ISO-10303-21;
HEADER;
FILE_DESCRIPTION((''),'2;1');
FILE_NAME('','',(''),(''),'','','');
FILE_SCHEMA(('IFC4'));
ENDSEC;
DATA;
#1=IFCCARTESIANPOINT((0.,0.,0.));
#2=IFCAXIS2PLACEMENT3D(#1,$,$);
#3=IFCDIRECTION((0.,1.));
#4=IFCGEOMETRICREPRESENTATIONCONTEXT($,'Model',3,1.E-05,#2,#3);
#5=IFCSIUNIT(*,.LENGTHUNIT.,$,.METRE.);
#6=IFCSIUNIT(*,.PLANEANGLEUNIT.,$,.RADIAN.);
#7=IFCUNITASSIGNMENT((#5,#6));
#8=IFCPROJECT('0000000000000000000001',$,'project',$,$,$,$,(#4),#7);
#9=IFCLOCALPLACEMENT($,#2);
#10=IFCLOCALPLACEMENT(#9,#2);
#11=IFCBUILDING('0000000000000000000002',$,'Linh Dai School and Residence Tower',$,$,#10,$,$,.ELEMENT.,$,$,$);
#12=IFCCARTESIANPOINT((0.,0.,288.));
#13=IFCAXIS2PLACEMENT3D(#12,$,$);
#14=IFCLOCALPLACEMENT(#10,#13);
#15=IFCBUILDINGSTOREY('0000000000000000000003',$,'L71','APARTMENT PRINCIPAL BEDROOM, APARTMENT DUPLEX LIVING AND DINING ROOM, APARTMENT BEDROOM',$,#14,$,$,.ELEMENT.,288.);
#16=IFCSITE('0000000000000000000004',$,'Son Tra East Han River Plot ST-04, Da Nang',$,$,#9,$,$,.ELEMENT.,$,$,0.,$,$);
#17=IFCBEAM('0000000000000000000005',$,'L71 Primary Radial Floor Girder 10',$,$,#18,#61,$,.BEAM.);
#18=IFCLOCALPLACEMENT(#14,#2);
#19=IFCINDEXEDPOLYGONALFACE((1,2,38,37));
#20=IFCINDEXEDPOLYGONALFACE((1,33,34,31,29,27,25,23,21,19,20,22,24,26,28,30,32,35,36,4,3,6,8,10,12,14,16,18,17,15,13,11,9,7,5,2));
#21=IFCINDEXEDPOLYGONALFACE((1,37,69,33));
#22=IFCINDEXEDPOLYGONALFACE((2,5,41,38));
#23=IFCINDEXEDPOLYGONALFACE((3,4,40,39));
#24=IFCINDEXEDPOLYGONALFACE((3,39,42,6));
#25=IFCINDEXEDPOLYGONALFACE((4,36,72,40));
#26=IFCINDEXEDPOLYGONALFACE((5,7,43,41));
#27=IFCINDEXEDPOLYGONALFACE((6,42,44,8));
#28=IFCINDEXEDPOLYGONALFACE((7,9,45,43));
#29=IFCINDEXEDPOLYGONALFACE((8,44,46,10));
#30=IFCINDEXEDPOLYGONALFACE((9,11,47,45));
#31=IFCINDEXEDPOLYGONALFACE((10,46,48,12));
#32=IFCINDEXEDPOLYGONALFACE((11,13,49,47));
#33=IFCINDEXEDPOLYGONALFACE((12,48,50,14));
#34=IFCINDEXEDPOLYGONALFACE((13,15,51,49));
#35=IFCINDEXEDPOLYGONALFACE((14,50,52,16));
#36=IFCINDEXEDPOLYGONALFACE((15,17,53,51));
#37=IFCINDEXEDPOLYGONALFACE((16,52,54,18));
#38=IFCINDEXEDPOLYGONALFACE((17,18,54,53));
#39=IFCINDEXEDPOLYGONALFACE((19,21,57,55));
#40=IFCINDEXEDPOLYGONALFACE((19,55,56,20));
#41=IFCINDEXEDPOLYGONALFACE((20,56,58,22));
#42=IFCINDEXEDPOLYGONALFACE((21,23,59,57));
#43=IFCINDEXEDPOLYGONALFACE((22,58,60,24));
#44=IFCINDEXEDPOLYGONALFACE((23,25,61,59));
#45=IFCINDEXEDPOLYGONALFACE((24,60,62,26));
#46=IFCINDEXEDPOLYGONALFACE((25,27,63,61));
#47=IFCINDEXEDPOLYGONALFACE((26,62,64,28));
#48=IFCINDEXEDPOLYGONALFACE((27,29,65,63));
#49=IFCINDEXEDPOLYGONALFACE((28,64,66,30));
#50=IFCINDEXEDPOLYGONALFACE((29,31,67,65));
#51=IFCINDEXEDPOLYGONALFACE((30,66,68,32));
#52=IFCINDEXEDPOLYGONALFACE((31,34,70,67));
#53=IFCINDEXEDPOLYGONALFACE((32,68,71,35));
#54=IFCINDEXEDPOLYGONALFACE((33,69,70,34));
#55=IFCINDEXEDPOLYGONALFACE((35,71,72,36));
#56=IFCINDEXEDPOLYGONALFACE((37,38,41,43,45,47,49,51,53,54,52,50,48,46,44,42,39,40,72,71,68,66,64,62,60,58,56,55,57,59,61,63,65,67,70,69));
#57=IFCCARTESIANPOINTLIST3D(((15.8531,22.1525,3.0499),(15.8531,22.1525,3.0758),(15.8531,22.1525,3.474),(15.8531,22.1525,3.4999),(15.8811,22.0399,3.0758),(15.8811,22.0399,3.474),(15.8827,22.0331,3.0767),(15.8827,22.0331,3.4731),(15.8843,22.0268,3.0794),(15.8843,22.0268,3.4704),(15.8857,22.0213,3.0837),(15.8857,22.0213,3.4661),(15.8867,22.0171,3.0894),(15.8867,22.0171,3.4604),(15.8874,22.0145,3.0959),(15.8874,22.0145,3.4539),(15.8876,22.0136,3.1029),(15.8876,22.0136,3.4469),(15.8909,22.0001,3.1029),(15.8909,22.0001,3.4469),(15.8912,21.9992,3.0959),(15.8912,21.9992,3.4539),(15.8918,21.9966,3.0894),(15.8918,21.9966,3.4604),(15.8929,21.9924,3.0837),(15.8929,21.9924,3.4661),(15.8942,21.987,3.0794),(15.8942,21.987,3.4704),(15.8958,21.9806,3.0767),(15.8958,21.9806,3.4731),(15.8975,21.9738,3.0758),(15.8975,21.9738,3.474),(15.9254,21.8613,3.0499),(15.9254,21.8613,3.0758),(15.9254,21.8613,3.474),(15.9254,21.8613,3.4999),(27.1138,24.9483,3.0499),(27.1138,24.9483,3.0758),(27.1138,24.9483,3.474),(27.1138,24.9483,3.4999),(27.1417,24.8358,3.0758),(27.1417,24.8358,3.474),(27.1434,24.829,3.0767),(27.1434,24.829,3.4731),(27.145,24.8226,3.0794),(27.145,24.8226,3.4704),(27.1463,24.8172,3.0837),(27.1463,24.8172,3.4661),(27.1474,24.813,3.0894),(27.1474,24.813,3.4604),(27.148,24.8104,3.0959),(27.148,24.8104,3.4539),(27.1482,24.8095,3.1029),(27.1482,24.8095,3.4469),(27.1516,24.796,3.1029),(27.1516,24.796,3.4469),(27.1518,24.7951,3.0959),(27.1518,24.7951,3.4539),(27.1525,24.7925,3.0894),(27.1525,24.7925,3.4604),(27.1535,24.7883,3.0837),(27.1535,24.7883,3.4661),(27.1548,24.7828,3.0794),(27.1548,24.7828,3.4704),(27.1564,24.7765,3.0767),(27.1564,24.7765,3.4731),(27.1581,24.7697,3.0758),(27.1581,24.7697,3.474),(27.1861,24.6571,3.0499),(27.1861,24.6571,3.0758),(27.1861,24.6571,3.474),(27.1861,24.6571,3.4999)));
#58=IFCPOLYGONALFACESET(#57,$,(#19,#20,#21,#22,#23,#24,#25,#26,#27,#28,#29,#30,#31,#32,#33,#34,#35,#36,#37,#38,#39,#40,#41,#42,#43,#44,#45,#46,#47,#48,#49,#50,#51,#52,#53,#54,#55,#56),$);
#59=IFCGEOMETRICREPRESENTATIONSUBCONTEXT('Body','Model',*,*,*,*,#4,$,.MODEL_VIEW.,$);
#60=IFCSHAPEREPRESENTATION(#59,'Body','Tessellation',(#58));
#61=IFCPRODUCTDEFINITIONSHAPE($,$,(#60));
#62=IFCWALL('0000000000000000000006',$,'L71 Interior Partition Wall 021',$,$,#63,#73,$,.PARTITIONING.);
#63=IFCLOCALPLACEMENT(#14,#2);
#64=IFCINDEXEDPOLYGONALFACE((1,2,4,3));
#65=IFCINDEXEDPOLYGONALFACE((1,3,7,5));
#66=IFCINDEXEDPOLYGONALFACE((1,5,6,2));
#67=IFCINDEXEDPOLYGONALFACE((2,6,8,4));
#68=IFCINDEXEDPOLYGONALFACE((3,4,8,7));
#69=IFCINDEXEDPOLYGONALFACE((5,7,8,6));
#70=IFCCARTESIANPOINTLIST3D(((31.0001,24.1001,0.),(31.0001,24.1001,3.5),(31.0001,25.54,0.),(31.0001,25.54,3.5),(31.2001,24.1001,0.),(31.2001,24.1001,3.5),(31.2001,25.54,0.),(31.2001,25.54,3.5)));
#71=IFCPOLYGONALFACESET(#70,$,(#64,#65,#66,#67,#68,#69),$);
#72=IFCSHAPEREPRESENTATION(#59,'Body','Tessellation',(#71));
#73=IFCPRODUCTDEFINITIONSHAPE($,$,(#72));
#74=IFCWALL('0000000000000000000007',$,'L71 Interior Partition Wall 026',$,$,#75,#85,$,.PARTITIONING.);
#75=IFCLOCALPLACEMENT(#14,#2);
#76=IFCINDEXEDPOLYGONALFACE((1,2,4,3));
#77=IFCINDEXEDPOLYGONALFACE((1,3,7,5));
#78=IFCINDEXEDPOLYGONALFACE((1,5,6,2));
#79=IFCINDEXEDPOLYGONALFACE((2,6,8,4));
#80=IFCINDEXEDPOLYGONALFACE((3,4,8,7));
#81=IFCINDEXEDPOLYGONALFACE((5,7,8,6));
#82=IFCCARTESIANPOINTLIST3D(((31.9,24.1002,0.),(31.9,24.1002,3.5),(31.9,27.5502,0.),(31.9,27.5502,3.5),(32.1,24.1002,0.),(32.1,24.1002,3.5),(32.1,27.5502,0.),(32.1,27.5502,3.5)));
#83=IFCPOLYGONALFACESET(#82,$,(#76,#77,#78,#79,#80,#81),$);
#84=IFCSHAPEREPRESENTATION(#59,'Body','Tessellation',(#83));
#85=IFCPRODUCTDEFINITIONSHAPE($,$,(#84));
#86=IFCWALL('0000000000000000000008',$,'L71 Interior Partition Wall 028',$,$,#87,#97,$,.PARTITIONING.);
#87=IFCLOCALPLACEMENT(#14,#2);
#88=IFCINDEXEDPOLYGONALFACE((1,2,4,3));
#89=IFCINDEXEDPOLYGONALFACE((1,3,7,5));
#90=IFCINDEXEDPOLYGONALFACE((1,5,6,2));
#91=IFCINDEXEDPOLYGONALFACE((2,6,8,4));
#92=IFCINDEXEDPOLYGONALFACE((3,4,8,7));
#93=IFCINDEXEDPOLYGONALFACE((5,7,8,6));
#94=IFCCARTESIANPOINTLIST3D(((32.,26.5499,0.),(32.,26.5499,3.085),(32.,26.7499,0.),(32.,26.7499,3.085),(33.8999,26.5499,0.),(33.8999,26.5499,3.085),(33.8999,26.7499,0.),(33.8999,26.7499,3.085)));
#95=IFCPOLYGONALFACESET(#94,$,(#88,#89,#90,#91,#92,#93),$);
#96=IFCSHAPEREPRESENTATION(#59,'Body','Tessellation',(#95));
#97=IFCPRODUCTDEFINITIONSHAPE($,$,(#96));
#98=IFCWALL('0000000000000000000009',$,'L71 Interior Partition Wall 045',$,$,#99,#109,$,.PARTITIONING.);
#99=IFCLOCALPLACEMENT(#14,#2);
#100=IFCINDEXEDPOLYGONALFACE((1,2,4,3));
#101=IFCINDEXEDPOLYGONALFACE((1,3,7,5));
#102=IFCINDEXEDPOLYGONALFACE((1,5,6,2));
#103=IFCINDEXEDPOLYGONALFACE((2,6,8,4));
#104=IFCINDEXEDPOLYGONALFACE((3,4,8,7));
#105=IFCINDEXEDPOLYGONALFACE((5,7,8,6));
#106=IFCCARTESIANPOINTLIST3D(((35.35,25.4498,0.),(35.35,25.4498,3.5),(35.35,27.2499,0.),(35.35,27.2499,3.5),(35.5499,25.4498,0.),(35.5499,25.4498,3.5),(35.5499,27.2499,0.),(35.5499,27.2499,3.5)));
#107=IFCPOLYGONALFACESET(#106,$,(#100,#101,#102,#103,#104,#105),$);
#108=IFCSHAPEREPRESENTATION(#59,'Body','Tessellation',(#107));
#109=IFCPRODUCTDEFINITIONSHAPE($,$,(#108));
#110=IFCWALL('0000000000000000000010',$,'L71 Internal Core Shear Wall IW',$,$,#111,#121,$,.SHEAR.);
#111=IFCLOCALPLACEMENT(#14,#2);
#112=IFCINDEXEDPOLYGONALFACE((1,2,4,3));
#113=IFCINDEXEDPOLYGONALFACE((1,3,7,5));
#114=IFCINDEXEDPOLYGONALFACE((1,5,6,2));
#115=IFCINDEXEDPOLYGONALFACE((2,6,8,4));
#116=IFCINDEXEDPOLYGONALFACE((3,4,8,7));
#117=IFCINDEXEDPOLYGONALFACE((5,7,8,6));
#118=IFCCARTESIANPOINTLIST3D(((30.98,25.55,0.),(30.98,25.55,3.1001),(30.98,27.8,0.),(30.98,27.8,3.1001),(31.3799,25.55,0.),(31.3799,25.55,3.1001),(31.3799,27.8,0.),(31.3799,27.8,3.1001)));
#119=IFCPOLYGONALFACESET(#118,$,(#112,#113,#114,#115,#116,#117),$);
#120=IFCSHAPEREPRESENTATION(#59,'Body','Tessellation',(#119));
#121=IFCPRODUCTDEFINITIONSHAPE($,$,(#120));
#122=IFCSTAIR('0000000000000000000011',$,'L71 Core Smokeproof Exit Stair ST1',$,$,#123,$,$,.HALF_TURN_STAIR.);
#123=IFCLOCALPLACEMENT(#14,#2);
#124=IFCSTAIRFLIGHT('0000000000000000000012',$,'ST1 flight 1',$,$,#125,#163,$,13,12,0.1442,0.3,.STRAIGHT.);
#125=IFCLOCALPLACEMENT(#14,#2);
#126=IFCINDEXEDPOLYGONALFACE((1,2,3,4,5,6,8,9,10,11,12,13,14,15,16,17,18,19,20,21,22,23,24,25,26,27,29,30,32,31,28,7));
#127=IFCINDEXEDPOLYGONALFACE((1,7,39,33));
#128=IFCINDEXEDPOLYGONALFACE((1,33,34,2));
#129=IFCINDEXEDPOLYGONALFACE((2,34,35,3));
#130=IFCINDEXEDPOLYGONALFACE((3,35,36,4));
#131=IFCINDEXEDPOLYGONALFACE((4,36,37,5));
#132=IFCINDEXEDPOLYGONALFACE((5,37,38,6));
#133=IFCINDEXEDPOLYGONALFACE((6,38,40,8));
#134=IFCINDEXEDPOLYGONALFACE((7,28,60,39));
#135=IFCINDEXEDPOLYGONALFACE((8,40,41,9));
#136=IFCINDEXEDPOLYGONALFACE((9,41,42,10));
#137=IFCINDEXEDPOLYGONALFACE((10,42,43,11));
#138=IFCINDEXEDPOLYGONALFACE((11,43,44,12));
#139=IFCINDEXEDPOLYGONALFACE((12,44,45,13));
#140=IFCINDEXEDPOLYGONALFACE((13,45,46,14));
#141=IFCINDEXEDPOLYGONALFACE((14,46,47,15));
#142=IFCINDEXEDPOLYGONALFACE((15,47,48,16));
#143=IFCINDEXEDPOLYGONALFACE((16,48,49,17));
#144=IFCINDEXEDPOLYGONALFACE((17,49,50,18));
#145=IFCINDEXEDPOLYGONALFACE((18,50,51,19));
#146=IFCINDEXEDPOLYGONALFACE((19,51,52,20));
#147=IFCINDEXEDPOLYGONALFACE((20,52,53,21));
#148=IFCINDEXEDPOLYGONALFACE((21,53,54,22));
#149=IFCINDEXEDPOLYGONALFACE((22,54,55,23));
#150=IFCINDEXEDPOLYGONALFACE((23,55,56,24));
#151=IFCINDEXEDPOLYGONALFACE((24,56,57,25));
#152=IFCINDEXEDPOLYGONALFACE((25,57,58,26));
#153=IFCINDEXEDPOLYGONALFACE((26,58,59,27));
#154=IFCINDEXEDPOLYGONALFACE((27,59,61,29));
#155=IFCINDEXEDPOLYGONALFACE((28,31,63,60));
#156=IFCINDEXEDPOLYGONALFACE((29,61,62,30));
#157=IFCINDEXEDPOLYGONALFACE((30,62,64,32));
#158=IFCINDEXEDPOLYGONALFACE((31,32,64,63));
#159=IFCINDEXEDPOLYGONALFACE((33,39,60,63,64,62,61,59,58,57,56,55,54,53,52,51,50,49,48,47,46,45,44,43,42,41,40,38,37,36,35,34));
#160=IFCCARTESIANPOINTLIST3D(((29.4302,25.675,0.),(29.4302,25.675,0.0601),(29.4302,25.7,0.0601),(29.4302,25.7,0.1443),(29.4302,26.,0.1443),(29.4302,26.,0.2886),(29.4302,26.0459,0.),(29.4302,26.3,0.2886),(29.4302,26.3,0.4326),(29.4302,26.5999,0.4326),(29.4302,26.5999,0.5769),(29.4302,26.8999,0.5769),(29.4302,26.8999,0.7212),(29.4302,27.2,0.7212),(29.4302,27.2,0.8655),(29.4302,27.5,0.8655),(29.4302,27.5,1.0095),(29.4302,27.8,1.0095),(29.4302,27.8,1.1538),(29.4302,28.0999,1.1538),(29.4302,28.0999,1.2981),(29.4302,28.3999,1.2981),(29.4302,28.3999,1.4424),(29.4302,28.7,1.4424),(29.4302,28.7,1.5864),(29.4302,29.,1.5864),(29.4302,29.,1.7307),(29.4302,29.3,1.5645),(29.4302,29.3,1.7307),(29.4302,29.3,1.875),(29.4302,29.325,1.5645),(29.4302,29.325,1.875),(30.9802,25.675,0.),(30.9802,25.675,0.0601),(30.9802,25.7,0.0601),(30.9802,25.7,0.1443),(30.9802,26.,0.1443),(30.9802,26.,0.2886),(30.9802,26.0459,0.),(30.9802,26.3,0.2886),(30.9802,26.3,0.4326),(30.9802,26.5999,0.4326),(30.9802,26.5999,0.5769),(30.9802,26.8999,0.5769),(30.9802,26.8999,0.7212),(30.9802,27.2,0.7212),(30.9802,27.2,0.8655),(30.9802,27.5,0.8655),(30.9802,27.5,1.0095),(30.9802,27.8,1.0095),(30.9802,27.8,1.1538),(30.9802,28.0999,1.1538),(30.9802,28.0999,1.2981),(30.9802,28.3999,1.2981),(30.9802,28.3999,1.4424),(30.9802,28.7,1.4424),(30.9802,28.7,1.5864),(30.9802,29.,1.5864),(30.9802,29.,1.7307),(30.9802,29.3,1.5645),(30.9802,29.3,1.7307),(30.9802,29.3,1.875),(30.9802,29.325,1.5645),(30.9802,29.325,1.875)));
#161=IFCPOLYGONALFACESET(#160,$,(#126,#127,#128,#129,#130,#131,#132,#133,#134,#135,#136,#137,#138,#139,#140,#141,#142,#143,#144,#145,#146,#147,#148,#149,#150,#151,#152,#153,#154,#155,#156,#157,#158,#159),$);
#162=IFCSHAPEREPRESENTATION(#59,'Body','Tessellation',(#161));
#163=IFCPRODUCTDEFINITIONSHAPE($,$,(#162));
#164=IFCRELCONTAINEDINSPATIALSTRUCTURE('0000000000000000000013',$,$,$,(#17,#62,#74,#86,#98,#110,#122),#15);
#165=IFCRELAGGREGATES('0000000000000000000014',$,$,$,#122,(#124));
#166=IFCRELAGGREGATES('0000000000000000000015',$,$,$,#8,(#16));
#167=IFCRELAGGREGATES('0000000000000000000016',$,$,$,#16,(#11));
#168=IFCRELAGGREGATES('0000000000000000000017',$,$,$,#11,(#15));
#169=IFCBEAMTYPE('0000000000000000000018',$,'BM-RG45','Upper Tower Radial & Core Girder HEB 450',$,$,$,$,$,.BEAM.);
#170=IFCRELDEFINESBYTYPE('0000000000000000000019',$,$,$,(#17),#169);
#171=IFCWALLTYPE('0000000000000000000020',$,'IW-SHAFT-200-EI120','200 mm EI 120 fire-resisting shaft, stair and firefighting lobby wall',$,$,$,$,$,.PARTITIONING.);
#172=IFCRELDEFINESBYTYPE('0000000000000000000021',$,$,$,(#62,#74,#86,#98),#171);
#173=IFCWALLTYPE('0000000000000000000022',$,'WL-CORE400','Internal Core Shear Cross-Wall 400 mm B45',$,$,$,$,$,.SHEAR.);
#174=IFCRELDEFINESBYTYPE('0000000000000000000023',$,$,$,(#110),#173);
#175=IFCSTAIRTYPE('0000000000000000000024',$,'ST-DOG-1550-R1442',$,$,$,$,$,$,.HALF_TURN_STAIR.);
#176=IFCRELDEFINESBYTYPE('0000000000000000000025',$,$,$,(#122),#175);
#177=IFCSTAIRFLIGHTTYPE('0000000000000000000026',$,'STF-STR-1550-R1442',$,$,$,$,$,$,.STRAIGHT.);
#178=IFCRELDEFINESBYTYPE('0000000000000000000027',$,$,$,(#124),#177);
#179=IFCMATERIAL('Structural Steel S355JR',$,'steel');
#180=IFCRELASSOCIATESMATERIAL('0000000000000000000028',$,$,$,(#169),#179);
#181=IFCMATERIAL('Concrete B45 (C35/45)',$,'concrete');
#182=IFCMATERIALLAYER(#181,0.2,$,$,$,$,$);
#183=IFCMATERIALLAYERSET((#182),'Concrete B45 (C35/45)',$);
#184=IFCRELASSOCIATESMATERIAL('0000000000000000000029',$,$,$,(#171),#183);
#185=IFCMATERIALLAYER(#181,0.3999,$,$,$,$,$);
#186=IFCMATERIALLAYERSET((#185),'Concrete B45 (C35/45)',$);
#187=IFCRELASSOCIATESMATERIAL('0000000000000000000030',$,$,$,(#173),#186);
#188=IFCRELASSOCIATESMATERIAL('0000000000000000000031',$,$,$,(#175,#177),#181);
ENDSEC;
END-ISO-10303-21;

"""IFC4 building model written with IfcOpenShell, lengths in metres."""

from ifc_helpers import new_model, si_unit, direction, frame, frame_2d, origin, origin_2d, place, context, subcontext, project, spatial, polyline, rectangle, i_section, outline, extrude, source, transform, mapped, material, layer, layer_set, material_profile, profile_set, type_object, element, aggregate, save


model = new_model("IFC4")

# Units and contexts
model_context = context("Model", 3, precision=1e-05, world=origin(), true_north=direction((0.0, 1.0)))
body_context = subcontext(model_context, "Body", "Model", "MODEL_VIEW")
ifc_project = project(units=[si_unit("LENGTHUNIT", "METRE"), si_unit("PLANEANGLEUNIT", "RADIAN")], contexts=[model_context])

# Site, building, storey
site_placement = place(None, origin())
site = spatial("IfcSite", under=ifc_project, at=site_placement, Name="Son Tra East Han River Plot ST-04, Da Nang", CompositionType="ELEMENT", RefElevation=0.0)
building_placement = place(site_placement, origin())
building = spatial("IfcBuilding", under=site, at=building_placement, Name="Linh Dai School and Residence Tower", CompositionType="ELEMENT")
storey_placement = place(building_placement, frame((0.0, 0.0, 288.0)))
storey = spatial("IfcBuildingStorey", under=building, at=storey_placement, Name="L71", Description="APARTMENT PRINCIPAL BEDROOM, APARTMENT DUPLEX LIVING AND DINING ROOM, APARTMENT BEDROOM", CompositionType="ELEMENT", Elevation=288.0)

# Shared definitions
ifc_material_1 = material(Name="Structural Steel S355JR", Category="steel")

# Beam
ifc_material_profile_1 = material_profile(ifc_material_1, i_section(OverallWidth=0.3, OverallDepth=0.45, WebThickness=0.0139, FlangeThickness=0.0259, FilletRadius=0.0271, at=origin_2d()), Name="HEB 450")
ifc_profile_set_1 = profile_set([ifc_material_profile_1], Name="Structural Steel S355JR")
beam_type = type_object("IfcBeamType", Name="BM-RG45", Description="Upper Tower Radial & Core Girder HEB 450", PredefinedType="BEAM", material=ifc_profile_set_1)
beam_placement = place(storey_placement, frame((27.1499, 24.8027, 3.2749), z_axis=(-0.970532, -0.240971, 0.0), x_axis=(0.240971, -0.970532, 0.0)))
element("IfcBeam", 1, at=beam_placement, inside=storey, type_object=beam_type, Name="L71 Primary Radial Floor Girder 10", PredefinedType="BEAM", context=body_context, shape_type="SweptSolid", body=[
    extrude(i_section(OverallWidth=0.3, OverallDepth=0.45, WebThickness=0.0139, FlangeThickness=0.0259, FilletRadius=0.0271, at=origin_2d()), origin(), (0.0, 0.0, 1.0), 11.6025),
])

# Shared definitions
ifc_material_2 = material(Name="Concrete B45 (C35/45)", Category="concrete")
ifc_layer_1 = layer(ifc_material_2, 0.2)
ifc_layer_set_1 = layer_set([ifc_layer_1], Name="Concrete B45 (C35/45)")
wall_type_1 = type_object("IfcWallType", Name="IW-SHAFT-200-EI120", Description="200 mm EI 120 fire-resisting shaft, stair and firefighting lobby wall", PredefinedType="PARTITIONING", material=ifc_layer_set_1)

# Walls
wall_1_placement = place(storey_placement, frame((31.1001, 24.1001, 0.0), z_axis=(0.0, 0.0, 1.0), x_axis=(0.0, 1.0, 0.0)))
element("IfcWall", 2, at=wall_1_placement, inside=storey, type_object=wall_type_1, Name="L71 Interior Partition Wall 021", PredefinedType="PARTITIONING", context=body_context, shape_type="SweptSolid", body=[
    extrude(rectangle(XDim=1.4399, YDim=0.2, at=frame_2d((0.72, 0.0))), origin(), (0.0, 0.0, 1.0), 3.5),
])
wall_2_placement = place(storey_placement, frame((32.0, 24.1001, 0.0), z_axis=(0.0, 0.0, 1.0), x_axis=(0.0, 1.0, 0.0)))
element("IfcWall", 3, at=wall_2_placement, inside=storey, type_object=wall_type_1, Name="L71 Interior Partition Wall 026", PredefinedType="PARTITIONING", context=body_context, shape_type="SweptSolid", body=[
    extrude(rectangle(XDim=3.45, YDim=0.2, at=frame_2d((1.7251, 0.0))), origin(), (0.0, 0.0, 1.0), 3.5),
])

# Walls
wall_3_placement = place(storey_placement, frame((32.0, 26.6499, 0.0), z_axis=(0.0, 0.0, 1.0), x_axis=(1.0, 0.0, 0.0)))
element("IfcWall", 4, at=wall_3_placement, inside=storey, type_object=wall_type_1, Name="L71 Interior Partition Wall 028", PredefinedType="PARTITIONING", context=body_context, shape_type="SweptSolid", body=[
    extrude(rectangle(XDim=1.8999, YDim=0.2, at=frame_2d((0.95, 0.0))), origin(), (0.0, 0.0, 1.0), 3.085),
])
wall_4_placement = place(storey_placement, frame((35.45, 25.45, 0.0), z_axis=(0.0, 0.0, 1.0), x_axis=(0.0, 1.0, 0.0)))
element("IfcWall", 5, at=wall_4_placement, inside=storey, type_object=wall_type_1, Name="L71 Interior Partition Wall 045", PredefinedType="PARTITIONING", context=body_context, shape_type="SweptSolid", body=[
    extrude(rectangle(XDim=1.8, YDim=0.2, at=frame_2d((0.8999, 0.0))), origin(), (0.0, 0.0, 1.0), 3.5),
])

# Wall
ifc_layer_2 = layer(ifc_material_2, 0.3999)
ifc_layer_set_2 = layer_set([ifc_layer_2], Name="Concrete B45 (C35/45)")
wall_type_2 = type_object("IfcWallType", Name="WL-CORE400", Description="Internal Core Shear Cross-Wall 400 mm B45", PredefinedType="SHEAR", material=ifc_layer_set_2)
wall_5_placement = place(storey_placement, frame((31.1799, 25.55, 0.0), z_axis=(0.0, 0.0, 1.0), x_axis=(0.0, 1.0, 0.0)))
element("IfcWall", 6, at=wall_5_placement, inside=storey, type_object=wall_type_2, Name="L71 Internal Core Shear Wall IW", PredefinedType="SHEAR", context=body_context, shape_type="SweptSolid", body=[
    extrude(rectangle(XDim=2.25, YDim=0.3999, at=frame_2d((1.125, 0.0))), origin(), (0.0, 0.0, 1.0), 3.1001),
])

# Stair, stair flight
stair_type = type_object("IfcStairType", Name="ST-DOG-1550-R1442", PredefinedType="HALF_TURN_STAIR", material=ifc_material_2)
stair_placement = place(storey_placement, origin())
stair = element("IfcStair", 7, at=stair_placement, inside=storey, type_object=stair_type, Name="L71 Core Smokeproof Exit Stair ST1", PredefinedType="HALF_TURN_STAIR")
stair_flight_type = type_object("IfcStairFlightType", Name="STF-STR-1550-R1442", PredefinedType="STRAIGHT", material=ifc_material_2)
shared_shape_1 = source(origin(), body_context, "Body", "SweptSolid", [
    extrude(outline(polyline([(-0.0249, 0.0), (-0.0249, 0.0601), (0.0, 0.0601), (0.0, 0.1443), (0.3, 0.1443), (0.3, 0.2886), (0.6001, 0.2886), (0.6001, 0.4326), (0.8999, 0.4326), (0.8999, 0.5769), (1.2, 0.5769), (1.2, 0.7212), (1.5, 0.7212), (1.5, 0.8655), (1.8, 0.8655), (1.8, 1.0095), (2.1001, 1.0095), (2.1001, 1.1538), (2.3999, 1.1538), (2.3999, 1.2981), (2.7, 1.2981), (2.7, 1.4424), (3.0, 1.4424), (3.0, 1.5864), (3.3, 1.5864), (3.3, 1.7307), (3.6001, 1.7307), (3.6001, 1.875), (3.625, 1.875), (3.625, 1.5645), (3.6001, 1.5645), (0.3459, 0.0), (-0.0249, 0.0)])), frame((0.0, 0.7749, 0.0), z_axis=(0.0, -1.0, 0.0), x_axis=(1.0, 0.0, 0.0)), (0.0, 0.0, 1.0), 1.55),
])
stair_flight_placement = place(storey_placement, frame((30.2051, 25.7, 0.0), z_axis=(0.0, 0.0, 1.0), x_axis=(0.0, 1.0, 0.0)))
stair_flight = element("IfcStairFlight", 8, at=stair_flight_placement, type_object=stair_flight_type, Name="ST1 flight 1", NumberOfRisers=13, NumberOfTreads=12, PredefinedType="STRAIGHT", RiserHeight=0.1442, TreadLength=0.3, context=body_context, shape_type="MappedRepresentation", body=[
    mapped(shared_shape_1, transform((0.0, 0.0, 0.0), x_axis=(1.0, 0.0, 0.0), y_axis=(0.0, 1.0, 0.0), z_axis=(0.0, 0.0, 1.0), scale=1.0)),
])
aggregate(stair, [stair_flight])

save(model, "model.ifc")
